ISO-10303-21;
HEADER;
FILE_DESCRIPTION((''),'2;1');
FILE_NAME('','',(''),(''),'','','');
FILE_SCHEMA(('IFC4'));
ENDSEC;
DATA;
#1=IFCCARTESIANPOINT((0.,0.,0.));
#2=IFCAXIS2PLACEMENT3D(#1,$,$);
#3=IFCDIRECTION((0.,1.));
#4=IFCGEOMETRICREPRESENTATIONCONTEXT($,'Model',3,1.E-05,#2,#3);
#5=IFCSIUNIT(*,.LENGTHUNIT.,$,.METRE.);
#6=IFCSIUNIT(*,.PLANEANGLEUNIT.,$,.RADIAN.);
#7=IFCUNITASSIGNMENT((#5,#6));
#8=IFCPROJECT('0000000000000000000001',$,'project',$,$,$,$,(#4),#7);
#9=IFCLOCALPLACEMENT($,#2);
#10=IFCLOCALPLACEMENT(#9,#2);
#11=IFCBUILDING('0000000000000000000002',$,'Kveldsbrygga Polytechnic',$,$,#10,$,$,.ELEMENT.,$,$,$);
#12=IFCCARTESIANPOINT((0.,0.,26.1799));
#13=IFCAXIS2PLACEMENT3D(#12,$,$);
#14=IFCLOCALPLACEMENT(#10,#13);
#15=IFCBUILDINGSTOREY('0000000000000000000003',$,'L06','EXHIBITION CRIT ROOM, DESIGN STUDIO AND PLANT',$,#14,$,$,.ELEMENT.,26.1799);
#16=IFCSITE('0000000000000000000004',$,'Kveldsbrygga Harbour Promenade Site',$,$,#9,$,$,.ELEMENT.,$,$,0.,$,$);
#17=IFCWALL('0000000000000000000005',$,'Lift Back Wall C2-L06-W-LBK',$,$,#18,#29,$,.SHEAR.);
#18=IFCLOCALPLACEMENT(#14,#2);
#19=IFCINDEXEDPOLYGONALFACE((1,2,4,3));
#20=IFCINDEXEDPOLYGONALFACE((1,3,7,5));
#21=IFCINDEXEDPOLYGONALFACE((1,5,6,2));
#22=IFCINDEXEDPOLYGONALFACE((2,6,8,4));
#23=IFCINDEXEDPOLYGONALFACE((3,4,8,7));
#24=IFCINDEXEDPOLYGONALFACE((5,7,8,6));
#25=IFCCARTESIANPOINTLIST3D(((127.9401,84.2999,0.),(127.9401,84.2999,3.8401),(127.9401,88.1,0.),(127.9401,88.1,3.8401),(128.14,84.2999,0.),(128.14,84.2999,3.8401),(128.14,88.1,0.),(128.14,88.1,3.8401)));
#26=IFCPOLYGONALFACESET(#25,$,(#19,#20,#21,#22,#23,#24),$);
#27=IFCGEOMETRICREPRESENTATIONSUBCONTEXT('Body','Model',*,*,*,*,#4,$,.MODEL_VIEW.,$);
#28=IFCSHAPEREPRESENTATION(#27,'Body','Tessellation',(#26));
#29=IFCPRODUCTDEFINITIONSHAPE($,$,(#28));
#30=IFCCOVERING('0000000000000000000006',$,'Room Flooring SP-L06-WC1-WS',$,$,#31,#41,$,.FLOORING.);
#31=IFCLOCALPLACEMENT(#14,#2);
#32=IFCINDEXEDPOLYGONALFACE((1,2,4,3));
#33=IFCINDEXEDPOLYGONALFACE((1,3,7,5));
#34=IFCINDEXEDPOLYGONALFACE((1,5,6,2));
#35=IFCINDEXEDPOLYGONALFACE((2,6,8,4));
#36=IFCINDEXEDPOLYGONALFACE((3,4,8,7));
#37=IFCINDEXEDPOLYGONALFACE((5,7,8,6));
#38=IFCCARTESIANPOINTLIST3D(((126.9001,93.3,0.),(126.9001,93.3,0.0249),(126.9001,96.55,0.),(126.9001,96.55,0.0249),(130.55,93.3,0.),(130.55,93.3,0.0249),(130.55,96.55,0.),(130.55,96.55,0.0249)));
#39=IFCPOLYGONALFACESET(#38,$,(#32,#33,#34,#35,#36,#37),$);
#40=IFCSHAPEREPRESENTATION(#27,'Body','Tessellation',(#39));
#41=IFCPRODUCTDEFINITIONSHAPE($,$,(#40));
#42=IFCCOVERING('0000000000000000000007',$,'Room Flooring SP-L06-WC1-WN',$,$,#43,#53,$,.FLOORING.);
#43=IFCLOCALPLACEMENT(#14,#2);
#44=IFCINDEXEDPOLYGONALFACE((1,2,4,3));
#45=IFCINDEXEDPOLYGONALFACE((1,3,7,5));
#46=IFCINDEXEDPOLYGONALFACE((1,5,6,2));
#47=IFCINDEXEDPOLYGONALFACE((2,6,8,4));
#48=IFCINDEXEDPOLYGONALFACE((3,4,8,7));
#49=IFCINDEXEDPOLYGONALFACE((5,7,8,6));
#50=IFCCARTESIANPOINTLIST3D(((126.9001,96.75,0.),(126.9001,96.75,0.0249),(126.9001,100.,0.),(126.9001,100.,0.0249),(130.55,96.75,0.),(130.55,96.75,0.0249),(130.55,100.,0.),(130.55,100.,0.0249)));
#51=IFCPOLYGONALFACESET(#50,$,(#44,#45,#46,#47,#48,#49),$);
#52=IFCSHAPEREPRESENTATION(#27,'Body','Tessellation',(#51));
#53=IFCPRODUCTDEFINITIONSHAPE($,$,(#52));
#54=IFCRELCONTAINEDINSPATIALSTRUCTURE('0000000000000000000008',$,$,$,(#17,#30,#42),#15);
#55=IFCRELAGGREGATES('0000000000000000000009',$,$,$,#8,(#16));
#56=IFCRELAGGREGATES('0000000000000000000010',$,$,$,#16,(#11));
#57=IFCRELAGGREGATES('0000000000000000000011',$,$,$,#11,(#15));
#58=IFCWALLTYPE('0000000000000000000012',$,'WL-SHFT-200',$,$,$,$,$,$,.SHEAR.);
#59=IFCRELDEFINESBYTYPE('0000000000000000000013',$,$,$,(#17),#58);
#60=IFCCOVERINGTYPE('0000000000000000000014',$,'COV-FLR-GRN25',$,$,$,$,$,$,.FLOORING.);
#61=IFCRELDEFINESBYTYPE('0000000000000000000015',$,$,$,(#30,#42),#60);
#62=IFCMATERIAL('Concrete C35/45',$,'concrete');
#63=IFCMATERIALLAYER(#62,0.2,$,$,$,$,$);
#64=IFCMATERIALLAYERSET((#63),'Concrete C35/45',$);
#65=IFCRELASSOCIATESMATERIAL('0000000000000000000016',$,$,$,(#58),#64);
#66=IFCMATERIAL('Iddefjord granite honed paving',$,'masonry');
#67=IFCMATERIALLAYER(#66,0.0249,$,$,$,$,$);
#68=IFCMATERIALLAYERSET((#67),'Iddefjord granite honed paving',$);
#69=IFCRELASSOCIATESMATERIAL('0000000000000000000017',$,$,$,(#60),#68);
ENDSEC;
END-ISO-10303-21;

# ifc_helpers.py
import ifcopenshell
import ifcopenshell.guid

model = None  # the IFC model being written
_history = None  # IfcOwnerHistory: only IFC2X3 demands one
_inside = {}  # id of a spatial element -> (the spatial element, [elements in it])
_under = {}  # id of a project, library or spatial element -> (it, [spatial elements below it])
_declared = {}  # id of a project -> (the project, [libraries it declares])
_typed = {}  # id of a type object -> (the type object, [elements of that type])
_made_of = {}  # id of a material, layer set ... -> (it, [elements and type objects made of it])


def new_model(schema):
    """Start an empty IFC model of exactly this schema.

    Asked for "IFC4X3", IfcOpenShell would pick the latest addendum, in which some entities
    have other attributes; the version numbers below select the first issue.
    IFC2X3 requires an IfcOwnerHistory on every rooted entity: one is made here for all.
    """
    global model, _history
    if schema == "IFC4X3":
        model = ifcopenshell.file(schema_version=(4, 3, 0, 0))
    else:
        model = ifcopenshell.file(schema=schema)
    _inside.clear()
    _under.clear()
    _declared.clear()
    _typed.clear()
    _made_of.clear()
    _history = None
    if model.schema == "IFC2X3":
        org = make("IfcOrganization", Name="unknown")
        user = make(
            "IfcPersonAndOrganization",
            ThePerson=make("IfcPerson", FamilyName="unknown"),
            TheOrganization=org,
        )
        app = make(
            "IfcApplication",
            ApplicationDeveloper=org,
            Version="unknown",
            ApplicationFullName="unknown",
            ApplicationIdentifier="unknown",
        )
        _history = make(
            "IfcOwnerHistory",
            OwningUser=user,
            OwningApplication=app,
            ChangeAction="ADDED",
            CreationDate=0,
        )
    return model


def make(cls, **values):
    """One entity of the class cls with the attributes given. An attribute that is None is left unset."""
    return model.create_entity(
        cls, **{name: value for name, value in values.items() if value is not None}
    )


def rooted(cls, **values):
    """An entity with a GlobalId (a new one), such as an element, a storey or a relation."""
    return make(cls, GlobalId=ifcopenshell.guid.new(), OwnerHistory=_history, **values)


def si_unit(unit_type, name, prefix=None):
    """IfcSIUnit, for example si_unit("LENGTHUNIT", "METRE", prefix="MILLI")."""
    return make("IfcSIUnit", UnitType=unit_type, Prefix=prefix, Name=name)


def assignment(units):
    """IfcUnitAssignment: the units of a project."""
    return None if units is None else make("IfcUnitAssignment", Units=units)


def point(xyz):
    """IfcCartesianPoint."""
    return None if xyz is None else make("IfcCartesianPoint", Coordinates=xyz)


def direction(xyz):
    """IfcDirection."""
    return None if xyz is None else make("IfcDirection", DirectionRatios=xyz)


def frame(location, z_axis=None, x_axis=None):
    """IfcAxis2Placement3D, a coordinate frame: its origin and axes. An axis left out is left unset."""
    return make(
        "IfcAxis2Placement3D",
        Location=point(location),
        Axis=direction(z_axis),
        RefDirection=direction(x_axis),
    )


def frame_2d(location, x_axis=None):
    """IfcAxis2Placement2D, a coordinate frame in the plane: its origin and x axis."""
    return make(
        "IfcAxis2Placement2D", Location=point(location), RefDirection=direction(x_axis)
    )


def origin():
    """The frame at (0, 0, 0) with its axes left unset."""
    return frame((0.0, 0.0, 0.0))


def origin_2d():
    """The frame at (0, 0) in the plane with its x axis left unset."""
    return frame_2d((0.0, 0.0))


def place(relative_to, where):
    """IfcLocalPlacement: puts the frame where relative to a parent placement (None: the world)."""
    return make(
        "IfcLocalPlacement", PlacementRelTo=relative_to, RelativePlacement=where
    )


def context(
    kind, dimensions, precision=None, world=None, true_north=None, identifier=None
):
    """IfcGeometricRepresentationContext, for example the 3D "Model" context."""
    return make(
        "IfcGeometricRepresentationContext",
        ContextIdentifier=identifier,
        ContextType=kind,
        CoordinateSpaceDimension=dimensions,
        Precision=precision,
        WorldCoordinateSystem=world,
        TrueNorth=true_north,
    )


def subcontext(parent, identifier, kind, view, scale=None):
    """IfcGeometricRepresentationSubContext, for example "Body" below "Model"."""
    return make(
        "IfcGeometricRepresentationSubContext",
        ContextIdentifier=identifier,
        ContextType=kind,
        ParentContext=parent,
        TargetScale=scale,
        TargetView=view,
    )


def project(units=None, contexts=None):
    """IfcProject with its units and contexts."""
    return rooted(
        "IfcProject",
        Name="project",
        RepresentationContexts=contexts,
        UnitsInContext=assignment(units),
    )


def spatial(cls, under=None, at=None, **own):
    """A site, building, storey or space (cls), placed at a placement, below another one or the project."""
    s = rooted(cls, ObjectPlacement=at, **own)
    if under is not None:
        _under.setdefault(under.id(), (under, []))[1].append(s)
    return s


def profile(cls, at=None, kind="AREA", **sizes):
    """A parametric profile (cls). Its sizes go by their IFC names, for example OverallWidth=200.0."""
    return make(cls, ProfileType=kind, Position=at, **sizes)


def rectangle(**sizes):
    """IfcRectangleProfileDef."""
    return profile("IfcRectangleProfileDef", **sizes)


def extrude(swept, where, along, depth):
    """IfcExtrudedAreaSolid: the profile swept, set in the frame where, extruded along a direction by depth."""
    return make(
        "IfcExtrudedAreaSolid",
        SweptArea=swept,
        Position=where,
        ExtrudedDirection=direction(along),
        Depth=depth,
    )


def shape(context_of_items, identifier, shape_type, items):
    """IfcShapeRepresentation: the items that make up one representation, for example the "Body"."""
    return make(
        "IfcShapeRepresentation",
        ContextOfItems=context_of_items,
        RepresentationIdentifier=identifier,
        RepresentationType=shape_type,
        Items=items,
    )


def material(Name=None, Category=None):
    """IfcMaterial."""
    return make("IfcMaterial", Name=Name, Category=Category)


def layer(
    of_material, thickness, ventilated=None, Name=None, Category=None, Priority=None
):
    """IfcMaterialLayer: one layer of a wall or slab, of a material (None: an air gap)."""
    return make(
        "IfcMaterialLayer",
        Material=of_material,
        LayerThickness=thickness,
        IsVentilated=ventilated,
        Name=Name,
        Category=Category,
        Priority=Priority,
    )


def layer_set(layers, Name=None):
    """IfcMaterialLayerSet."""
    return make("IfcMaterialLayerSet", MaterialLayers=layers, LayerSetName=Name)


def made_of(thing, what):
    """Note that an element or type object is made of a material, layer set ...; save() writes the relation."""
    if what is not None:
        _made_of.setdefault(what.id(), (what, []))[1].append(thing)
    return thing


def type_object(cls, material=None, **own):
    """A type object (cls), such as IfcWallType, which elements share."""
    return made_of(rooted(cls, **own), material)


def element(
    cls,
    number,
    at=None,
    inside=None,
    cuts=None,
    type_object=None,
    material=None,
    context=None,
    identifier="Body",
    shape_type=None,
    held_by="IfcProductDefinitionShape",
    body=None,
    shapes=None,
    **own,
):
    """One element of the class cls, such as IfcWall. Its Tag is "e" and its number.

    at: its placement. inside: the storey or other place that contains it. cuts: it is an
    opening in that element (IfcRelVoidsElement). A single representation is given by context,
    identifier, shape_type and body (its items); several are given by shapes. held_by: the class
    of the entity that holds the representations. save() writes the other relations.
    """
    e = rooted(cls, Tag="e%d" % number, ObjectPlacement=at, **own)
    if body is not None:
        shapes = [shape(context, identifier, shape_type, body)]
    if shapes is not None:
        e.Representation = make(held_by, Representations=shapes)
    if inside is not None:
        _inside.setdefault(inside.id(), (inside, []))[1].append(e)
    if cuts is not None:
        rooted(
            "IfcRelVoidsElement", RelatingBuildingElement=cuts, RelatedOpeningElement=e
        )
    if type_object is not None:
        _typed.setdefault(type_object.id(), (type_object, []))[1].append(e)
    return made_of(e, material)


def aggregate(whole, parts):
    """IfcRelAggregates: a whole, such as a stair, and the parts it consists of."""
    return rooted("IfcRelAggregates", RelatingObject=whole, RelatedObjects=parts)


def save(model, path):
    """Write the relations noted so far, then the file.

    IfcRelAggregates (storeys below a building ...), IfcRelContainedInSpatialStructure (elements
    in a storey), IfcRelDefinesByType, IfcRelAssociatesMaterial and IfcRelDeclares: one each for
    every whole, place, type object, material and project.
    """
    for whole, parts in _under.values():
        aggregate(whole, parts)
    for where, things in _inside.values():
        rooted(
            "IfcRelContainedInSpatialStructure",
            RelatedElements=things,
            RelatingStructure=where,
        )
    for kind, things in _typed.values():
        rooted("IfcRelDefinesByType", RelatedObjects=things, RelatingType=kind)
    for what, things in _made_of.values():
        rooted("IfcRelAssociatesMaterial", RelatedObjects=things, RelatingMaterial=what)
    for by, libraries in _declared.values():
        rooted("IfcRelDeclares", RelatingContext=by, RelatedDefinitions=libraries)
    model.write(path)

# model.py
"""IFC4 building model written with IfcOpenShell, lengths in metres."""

from ifc_helpers import new_model, si_unit, direction, frame, frame_2d, origin, origin_2d, place, context, subcontext, project, spatial, rectangle, extrude, material, layer, layer_set, type_object, element, save


model = new_model("IFC4")

# Units and contexts
model_context = context("Model", 3, precision=1e-05, world=origin(), true_north=direction((0.0, 1.0)))
body_context = subcontext(model_context, "Body", "Model", "MODEL_VIEW")
ifc_project = project(units=[si_unit("LENGTHUNIT", "METRE"), si_unit("PLANEANGLEUNIT", "RADIAN")], contexts=[model_context])

# Site, building, storey
site_placement = place(None, origin())
site = spatial("IfcSite", under=ifc_project, at=site_placement, Name="Kveldsbrygga Harbour Promenade Site", CompositionType="ELEMENT", RefElevation=0.0)
building_placement = place(site_placement, origin())
building = spatial("IfcBuilding", under=site, at=building_placement, Name="Kveldsbrygga Polytechnic", CompositionType="ELEMENT")
storey_placement = place(building_placement, frame((0.0, 0.0, 26.1799)))
storey = spatial("IfcBuildingStorey", under=building, at=storey_placement, Name="L06", Description="EXHIBITION CRIT ROOM, DESIGN STUDIO AND PLANT", CompositionType="ELEMENT", Elevation=26.1799)

# Wall
ifc_material_1 = material(Name="Concrete C35/45", Category="concrete")
ifc_layer_1 = layer(ifc_material_1, 0.2)
ifc_layer_set_1 = layer_set([ifc_layer_1], Name="Concrete C35/45")
wall_type_1 = type_object("IfcWallType", Name="WL-SHFT-200", PredefinedType="SHEAR", material=ifc_layer_set_1)
wall_1_placement = place(storey_placement, frame((128.04, 84.3, 0.0), z_axis=(0.0, 0.0, 1.0), x_axis=(0.0, 1.0, 0.0)))
element("IfcWall", 1, at=wall_1_placement, inside=storey, type_object=wall_type_1, Name="Lift Back Wall C2-L06-W-LBK", PredefinedType="SHEAR", context=body_context, shape_type="SweptSolid", body=[
    extrude(rectangle(XDim=3.8, YDim=0.2, at=frame_2d((1.8999, 0.0))), origin(), (0.0, 0.0, 1.0), 3.8401),
])

# Coverings
ifc_material_2 = material(Name="Iddefjord granite honed paving", Category="masonry")
ifc_layer_2 = layer(ifc_material_2, 0.0249)
ifc_layer_set_2 = layer_set([ifc_layer_2], Name="Iddefjord granite honed paving")
covering_type = type_object("IfcCoveringType", Name="COV-FLR-GRN25", PredefinedType="FLOORING", material=ifc_layer_set_2)
for number, where, z_axis, x_axis, name in (
    (2, (128.7251, 94.925, 0.0), (0.0, 0.0, 1.0), (1.0, 0.0, 0.0), "Room Flooring SP-L06-WC1-WS"),
    (3, (128.7251, 98.375, 0.0), (0.0, 0.0, 1.0), (1.0, 0.0, 0.0), "Room Flooring SP-L06-WC1-WN"),
):
    element("IfcCovering", number, at=place(storey_placement, frame(where, z_axis=z_axis, x_axis=x_axis)), inside=storey, type_object=covering_type, Name=name, PredefinedType="FLOORING", context=body_context, shape_type="SweptSolid", body=[
        extrude(rectangle(XDim=3.6499, YDim=3.25, at=origin_2d()), origin(), (0.0, 0.0, 1.0), 0.0249),
    ])

save(model, "model.ifc")
